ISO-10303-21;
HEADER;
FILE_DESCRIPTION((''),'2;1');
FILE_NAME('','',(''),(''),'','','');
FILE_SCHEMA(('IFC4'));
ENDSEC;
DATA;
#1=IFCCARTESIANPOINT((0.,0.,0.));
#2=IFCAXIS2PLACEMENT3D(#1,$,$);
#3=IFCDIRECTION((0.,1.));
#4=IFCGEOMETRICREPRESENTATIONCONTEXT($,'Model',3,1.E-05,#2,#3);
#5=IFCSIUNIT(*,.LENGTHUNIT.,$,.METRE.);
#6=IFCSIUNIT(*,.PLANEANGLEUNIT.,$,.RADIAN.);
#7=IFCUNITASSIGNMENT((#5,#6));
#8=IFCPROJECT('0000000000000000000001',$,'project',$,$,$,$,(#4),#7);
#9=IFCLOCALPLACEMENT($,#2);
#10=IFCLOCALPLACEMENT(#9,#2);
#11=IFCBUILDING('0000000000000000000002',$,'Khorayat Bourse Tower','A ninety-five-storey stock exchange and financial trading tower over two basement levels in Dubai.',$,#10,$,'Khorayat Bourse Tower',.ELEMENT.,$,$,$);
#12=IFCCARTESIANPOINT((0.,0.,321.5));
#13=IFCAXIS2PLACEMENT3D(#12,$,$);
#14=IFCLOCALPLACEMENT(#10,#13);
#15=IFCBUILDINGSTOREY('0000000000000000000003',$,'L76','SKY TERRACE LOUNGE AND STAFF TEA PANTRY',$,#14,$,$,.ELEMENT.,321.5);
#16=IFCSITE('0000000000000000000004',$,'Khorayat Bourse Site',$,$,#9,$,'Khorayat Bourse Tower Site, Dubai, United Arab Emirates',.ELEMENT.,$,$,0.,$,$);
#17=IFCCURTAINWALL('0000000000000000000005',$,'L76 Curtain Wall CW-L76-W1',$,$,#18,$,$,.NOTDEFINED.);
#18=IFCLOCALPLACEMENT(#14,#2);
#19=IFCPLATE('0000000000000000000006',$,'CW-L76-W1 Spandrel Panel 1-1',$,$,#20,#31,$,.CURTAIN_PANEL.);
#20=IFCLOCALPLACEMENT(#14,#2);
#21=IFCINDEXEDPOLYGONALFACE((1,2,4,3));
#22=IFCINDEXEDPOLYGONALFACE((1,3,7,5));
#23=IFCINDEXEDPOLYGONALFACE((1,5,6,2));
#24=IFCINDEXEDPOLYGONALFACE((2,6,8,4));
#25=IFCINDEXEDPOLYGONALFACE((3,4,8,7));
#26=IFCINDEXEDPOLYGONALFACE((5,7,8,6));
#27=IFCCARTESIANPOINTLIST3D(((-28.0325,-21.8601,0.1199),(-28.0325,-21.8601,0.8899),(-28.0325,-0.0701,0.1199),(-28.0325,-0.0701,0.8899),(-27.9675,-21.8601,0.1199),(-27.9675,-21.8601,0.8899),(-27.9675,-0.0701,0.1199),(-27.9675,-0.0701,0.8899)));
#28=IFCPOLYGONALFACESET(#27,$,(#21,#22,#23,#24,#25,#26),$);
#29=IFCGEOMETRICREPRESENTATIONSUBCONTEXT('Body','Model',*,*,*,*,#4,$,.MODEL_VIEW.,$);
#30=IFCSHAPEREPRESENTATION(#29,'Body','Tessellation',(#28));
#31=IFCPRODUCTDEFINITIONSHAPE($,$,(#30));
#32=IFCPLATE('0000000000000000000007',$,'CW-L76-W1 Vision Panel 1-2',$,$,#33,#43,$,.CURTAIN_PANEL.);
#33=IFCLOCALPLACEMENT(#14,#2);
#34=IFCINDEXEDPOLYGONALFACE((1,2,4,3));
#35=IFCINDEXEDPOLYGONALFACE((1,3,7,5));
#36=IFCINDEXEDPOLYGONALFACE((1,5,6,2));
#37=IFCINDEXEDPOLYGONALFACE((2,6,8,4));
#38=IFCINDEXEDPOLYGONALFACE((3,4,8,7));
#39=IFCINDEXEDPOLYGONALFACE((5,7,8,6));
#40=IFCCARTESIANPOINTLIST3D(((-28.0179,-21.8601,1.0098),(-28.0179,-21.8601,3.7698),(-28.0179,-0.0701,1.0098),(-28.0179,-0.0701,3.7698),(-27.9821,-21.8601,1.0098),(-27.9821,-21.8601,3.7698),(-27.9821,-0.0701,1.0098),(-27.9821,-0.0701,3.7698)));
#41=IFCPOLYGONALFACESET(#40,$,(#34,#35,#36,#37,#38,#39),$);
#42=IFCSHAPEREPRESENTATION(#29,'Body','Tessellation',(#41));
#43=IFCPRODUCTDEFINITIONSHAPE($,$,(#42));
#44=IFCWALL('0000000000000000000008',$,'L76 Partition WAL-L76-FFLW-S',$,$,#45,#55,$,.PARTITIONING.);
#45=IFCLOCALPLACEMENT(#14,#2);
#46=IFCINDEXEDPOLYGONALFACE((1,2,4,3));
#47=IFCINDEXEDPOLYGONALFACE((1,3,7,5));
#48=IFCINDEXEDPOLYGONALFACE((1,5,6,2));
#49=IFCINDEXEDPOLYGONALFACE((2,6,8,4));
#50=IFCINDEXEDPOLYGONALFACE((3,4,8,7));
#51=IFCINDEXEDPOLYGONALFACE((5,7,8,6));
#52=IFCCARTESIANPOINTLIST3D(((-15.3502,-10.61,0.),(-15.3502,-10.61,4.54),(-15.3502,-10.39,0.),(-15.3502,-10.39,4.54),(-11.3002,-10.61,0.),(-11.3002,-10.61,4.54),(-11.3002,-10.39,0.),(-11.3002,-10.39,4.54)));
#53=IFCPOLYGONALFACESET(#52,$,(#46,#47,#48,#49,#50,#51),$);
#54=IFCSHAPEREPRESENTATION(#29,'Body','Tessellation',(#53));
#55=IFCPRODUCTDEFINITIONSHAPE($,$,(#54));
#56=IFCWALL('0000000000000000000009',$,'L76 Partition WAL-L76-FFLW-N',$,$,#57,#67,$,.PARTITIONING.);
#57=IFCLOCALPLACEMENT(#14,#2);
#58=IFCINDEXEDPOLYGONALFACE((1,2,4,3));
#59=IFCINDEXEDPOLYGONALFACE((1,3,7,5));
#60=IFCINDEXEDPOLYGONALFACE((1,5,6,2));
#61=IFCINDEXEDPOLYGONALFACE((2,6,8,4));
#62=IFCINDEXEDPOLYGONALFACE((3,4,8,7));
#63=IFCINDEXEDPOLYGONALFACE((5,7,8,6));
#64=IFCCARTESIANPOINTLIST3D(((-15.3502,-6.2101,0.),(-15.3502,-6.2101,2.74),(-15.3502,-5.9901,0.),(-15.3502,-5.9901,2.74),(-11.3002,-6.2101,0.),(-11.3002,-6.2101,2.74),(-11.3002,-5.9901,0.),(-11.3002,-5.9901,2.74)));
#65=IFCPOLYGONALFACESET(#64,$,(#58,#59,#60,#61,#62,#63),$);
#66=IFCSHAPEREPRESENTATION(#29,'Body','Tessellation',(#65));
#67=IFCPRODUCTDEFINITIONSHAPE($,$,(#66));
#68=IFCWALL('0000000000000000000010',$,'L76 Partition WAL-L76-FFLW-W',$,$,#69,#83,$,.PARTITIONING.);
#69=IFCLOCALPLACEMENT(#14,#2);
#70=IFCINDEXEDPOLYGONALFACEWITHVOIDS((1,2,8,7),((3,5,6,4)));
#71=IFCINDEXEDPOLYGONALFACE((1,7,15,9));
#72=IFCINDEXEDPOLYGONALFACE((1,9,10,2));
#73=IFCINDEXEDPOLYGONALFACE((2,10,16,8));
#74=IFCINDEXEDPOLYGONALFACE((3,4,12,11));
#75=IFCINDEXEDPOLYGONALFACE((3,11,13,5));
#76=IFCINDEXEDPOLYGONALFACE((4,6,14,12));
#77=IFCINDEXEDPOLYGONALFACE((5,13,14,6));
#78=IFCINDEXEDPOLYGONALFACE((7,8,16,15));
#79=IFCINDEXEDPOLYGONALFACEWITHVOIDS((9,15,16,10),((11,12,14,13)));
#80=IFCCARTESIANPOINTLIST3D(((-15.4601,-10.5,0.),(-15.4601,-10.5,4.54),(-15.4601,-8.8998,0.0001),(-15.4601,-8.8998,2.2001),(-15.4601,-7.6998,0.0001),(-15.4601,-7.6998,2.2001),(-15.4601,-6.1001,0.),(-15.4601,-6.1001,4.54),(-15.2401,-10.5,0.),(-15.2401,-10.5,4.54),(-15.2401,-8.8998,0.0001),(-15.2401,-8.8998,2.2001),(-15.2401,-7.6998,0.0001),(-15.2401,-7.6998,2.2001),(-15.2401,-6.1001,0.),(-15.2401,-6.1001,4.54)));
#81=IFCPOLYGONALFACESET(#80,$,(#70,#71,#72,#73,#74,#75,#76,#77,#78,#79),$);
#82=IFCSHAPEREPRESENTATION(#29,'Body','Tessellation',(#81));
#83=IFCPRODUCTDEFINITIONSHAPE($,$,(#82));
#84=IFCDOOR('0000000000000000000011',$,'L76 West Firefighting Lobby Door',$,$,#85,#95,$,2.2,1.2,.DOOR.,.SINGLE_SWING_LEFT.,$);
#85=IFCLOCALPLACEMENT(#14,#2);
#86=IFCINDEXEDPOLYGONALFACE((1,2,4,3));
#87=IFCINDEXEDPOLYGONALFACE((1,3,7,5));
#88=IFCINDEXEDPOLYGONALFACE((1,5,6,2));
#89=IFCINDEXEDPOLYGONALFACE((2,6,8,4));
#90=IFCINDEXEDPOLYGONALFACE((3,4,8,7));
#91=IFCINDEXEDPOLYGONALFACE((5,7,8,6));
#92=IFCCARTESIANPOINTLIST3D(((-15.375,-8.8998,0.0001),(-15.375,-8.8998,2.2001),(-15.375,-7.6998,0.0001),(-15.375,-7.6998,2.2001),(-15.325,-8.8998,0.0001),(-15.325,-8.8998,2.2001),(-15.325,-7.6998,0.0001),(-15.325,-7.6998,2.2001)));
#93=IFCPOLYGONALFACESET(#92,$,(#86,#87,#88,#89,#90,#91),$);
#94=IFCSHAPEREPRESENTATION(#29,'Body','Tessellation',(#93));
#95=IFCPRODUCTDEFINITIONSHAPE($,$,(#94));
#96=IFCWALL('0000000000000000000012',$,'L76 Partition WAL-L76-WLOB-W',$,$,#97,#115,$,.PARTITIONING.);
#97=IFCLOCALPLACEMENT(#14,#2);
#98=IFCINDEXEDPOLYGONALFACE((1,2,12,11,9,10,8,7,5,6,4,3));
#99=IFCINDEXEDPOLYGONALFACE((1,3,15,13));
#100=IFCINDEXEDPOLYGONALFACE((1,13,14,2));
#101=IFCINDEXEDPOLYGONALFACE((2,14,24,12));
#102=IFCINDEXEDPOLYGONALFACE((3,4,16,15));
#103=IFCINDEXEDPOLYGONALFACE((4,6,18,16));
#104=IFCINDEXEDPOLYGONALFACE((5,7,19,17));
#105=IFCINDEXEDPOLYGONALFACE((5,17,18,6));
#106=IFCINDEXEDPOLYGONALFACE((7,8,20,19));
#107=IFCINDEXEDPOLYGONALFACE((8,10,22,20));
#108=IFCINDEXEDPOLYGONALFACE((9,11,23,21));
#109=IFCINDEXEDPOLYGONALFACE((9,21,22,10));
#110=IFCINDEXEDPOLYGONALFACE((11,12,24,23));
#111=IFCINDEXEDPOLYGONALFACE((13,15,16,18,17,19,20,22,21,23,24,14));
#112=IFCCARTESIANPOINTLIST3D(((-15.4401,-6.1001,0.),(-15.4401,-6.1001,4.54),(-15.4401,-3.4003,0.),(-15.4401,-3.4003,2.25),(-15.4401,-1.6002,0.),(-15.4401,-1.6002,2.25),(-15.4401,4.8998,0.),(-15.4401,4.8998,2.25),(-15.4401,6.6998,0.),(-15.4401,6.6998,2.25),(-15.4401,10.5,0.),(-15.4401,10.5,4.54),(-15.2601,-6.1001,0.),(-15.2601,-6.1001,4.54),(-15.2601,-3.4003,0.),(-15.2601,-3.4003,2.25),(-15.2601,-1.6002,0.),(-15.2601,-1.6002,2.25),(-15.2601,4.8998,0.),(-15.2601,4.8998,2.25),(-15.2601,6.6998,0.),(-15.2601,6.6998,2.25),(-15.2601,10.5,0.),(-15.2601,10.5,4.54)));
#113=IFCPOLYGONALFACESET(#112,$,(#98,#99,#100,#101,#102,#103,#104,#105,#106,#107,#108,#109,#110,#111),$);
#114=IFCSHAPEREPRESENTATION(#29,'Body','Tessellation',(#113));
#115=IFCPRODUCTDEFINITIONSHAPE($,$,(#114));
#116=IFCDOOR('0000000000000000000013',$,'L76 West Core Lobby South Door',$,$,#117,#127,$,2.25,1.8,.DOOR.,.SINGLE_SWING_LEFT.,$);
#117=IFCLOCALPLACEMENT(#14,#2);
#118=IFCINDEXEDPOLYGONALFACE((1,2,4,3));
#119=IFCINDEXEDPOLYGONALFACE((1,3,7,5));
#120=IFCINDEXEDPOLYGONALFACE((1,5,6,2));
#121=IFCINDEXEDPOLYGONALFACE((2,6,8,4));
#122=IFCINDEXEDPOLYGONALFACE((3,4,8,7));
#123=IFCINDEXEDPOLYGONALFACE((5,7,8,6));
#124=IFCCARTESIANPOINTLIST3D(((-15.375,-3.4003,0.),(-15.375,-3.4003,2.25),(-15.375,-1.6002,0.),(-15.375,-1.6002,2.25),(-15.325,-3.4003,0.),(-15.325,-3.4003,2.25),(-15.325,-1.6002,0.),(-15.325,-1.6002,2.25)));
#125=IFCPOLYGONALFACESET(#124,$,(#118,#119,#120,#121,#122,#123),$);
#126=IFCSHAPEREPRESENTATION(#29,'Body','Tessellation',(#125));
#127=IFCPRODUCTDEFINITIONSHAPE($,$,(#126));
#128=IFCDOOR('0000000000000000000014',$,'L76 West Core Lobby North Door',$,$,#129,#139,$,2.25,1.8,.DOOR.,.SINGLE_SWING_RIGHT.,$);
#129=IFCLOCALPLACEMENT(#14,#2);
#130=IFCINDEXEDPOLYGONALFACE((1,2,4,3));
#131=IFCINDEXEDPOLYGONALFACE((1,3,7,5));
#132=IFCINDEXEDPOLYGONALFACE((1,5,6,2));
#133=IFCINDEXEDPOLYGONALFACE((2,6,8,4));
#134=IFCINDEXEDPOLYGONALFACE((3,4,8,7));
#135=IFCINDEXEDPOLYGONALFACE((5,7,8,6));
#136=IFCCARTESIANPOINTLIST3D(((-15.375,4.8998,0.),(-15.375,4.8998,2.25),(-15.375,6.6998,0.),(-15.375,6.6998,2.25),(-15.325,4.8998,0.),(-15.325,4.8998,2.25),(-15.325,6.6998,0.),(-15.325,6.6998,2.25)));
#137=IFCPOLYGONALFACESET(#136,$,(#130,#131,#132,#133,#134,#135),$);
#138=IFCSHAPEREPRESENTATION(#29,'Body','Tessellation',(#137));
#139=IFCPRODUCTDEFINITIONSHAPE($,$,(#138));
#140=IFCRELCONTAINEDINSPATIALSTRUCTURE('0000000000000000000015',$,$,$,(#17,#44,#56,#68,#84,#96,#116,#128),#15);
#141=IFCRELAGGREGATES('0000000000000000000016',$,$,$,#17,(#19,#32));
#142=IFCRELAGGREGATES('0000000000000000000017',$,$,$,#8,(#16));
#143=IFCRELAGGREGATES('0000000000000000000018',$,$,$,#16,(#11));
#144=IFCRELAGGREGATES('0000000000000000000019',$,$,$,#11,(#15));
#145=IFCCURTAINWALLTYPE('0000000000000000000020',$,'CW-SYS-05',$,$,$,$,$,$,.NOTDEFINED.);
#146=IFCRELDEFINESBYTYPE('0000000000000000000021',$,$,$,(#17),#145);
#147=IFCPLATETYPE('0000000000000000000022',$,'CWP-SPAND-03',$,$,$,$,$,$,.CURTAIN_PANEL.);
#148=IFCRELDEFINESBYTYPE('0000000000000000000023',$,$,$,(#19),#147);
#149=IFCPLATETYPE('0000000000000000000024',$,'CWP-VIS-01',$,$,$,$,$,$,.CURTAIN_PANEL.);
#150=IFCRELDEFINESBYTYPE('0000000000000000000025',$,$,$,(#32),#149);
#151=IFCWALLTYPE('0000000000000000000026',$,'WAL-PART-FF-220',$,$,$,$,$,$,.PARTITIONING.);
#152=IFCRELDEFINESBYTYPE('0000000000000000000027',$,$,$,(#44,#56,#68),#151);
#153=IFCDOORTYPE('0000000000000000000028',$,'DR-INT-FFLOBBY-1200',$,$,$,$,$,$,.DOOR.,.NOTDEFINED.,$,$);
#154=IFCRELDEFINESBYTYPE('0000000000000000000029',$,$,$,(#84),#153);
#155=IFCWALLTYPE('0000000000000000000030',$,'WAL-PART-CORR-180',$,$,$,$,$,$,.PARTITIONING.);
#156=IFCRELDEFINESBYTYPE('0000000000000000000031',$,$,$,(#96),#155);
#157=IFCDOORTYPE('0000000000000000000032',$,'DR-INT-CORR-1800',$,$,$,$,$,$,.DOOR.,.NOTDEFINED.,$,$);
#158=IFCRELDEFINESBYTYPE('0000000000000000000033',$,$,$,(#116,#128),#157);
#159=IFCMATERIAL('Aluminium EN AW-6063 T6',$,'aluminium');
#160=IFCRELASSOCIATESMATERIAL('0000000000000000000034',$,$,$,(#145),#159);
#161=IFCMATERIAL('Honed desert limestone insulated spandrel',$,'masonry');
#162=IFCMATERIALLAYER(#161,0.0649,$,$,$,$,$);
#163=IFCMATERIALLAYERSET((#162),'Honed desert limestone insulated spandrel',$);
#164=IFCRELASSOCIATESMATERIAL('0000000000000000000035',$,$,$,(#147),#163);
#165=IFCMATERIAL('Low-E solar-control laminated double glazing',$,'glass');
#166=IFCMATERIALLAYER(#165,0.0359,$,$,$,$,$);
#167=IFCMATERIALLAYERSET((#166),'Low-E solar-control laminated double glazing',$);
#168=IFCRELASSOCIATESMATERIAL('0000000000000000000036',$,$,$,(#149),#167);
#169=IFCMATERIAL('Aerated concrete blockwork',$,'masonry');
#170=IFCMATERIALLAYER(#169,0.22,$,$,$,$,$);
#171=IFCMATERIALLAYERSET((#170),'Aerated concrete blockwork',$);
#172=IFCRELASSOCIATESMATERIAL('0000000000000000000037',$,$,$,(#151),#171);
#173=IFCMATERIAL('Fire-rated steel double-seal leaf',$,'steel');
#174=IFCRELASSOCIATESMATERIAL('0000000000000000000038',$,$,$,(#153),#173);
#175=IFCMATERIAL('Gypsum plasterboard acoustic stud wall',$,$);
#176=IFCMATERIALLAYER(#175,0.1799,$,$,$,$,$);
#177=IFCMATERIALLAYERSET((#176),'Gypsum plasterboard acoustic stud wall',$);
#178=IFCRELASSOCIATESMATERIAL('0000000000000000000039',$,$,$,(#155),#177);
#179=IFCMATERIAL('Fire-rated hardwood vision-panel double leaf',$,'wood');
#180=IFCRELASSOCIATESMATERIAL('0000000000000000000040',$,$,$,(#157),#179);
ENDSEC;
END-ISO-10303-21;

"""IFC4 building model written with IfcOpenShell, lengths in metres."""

from ifc_helpers import new_model, si_unit, direction, frame, frame_2d, origin, origin_2d, place, context, subcontext, project, spatial, rectangle, extrude, source, transform, mapped, material, layer, layer_set, type_object, element, fill, aggregate, save


model = new_model("IFC4")

# Units and contexts
model_context = context("Model", 3, precision=1e-05, world=origin(), true_north=direction((0.0, 1.0)))
body_context = subcontext(model_context, "Body", "Model", "MODEL_VIEW")
ifc_project = project(units=[si_unit("LENGTHUNIT", "METRE"), si_unit("PLANEANGLEUNIT", "RADIAN")], contexts=[model_context])

# Site, building, storey
site_placement = place(None, origin())
site = spatial("IfcSite", under=ifc_project, at=site_placement, Name="Khorayat Bourse Site", LongName="Khorayat Bourse Tower Site, Dubai, United Arab Emirates", CompositionType="ELEMENT", RefElevation=0.0)
building_placement = place(site_placement, origin())
building = spatial("IfcBuilding", under=site, at=building_placement, Name="Khorayat Bourse Tower", Description="A ninety-five-storey stock exchange and financial trading tower over two basement levels in Dubai.", LongName="Khorayat Bourse Tower", CompositionType="ELEMENT")
storey_placement = place(building_placement, frame((0.0, 0.0, 321.5)))
storey = spatial("IfcBuildingStorey", under=building, at=storey_placement, Name="L76", Description="SKY TERRACE LOUNGE AND STAFF TEA PANTRY", CompositionType="ELEMENT", Elevation=321.5)

# Curtain wall, plates
ifc_material_1 = material(Name="Aluminium EN AW-6063 T6", Category="aluminium")
curtain_wall_type = type_object("IfcCurtainWallType", Name="CW-SYS-05", PredefinedType="NOTDEFINED", material=ifc_material_1)
curtain_wall_placement = place(storey_placement, origin())
curtain_wall = element("IfcCurtainWall", 1, at=curtain_wall_placement, inside=storey, type_object=curtain_wall_type, Name="L76 Curtain Wall CW-L76-W1", PredefinedType="NOTDEFINED")
ifc_material_2 = material(Name="Honed desert limestone insulated spandrel", Category="masonry")
ifc_layer_1 = layer(ifc_material_2, 0.0649)
ifc_layer_set_1 = layer_set([ifc_layer_1], Name="Honed desert limestone insulated spandrel")
plate_type_1 = type_object("IfcPlateType", Name="CWP-SPAND-03", PredefinedType="CURTAIN_PANEL", material=ifc_layer_set_1)
shared_shape_1 = source(origin(), body_context, "Body", "SweptSolid", [
    extrude(rectangle(XDim=21.79, YDim=0.0649, at=origin_2d()), origin(), (0.0, 0.0, 1.0), 0.77),
])
plate_1_placement = place(storey_placement, frame((-28.0, -10.9651, 0.1199), z_axis=(0.0, 0.0, 1.0), x_axis=(0.0, 1.0, 0.0)))
plate_1 = element("IfcPlate", 2, at=plate_1_placement, type_object=plate_type_1, Name="CW-L76-W1 Spandrel Panel 1-1", PredefinedType="CURTAIN_PANEL", context=body_context, shape_type="MappedRepresentation", body=[
    mapped(shared_shape_1, transform((0.0, 0.0, 0.0), scale=1.0)),
])
ifc_material_3 = material(Name="Low-E solar-control laminated double glazing", Category="glass")
ifc_layer_2 = layer(ifc_material_3, 0.0359)
ifc_layer_set_2 = layer_set([ifc_layer_2], Name="Low-E solar-control laminated double glazing")
plate_type_2 = type_object("IfcPlateType", Name="CWP-VIS-01", PredefinedType="CURTAIN_PANEL", material=ifc_layer_set_2)
shared_shape_2 = source(origin(), body_context, "Body", "SweptSolid", [
    extrude(rectangle(XDim=21.79, YDim=0.0359, at=origin_2d()), origin(), (0.0, 0.0, 1.0), 2.76),
])
plate_2_placement = place(storey_placement, frame((-28.0, -10.9651, 1.0098), z_axis=(0.0, 0.0, 1.0), x_axis=(0.0, 1.0, 0.0)))
plate_2 = element("IfcPlate", 3, at=plate_2_placement, type_object=plate_type_2, Name="CW-L76-W1 Vision Panel 1-2", PredefinedType="CURTAIN_PANEL", context=body_context, shape_type="MappedRepresentation", body=[
    mapped(shared_shape_2, transform((0.0, 0.0, 0.0), scale=1.0)),
])
aggregate(curtain_wall, [plate_1, plate_2])

# Walls
ifc_material_4 = material(Name="Aerated concrete blockwork", Category="masonry")
ifc_layer_3 = layer(ifc_material_4, 0.22)
ifc_layer_set_3 = layer_set([ifc_layer_3], Name="Aerated concrete blockwork")
wall_type_1 = type_object("IfcWallType", Name="WAL-PART-FF-220", PredefinedType="PARTITIONING", material=ifc_layer_set_3)
shared_shape_3 = source(origin(), body_context, "Body", "SweptSolid", [
    extrude(rectangle(XDim=4.05, YDim=0.22, at=frame_2d((2.0249, 0.0))), origin(), (0.0, 0.0, 1.0), 4.54),
])
wall_1_placement = place(storey_placement, frame((-15.3501, -10.5, 0.0), z_axis=(0.0, 0.0, 1.0), x_axis=(1.0, 0.0, 0.0)))
element("IfcWall", 4, at=wall_1_placement, inside=storey, type_object=wall_type_1, Name="L76 Partition WAL-L76-FFLW-S", PredefinedType="PARTITIONING", context=body_context, shape_type="MappedRepresentation", body=[
    mapped(shared_shape_3, transform((0.0, 0.0, 0.0), scale=1.0)),
])
shared_shape_4 = source(origin(), body_context, "Body", "SweptSolid", [
    extrude(rectangle(XDim=4.05, YDim=0.22, at=frame_2d((2.0249, 0.0))), origin(), (0.0, 0.0, 1.0), 2.74),
])
wall_2_placement = place(storey_placement, frame((-15.3501, -6.1001, 0.0), z_axis=(0.0, 0.0, 1.0), x_axis=(1.0, 0.0, 0.0)))
element("IfcWall", 5, at=wall_2_placement, inside=storey, type_object=wall_type_1, Name="L76 Partition WAL-L76-FFLW-N", PredefinedType="PARTITIONING", context=body_context, shape_type="MappedRepresentation", body=[
    mapped(shared_shape_4, transform((0.0, 0.0, 0.0), scale=1.0)),
])

# Wall, opening, door
shared_shape_5 = source(origin(), body_context, "Body", "SweptSolid", [
    extrude(rectangle(XDim=4.3999, YDim=0.22, at=frame_2d((2.2, 0.0))), origin(), (0.0, 0.0, 1.0), 4.54),
])
wall_3_placement = place(storey_placement, frame((-15.3501, -10.5, 0.0), z_axis=(0.0, 0.0, 1.0), x_axis=(0.0, 1.0, 0.0)))
wall_3 = element("IfcWall", 6, at=wall_3_placement, inside=storey, type_object=wall_type_1, Name="L76 Partition WAL-L76-FFLW-W", PredefinedType="PARTITIONING", context=body_context, shape_type="MappedRepresentation", body=[
    mapped(shared_shape_5, transform((0.0, 0.0, 0.0), scale=1.0)),
])
shared_shape_6 = source(origin(), body_context, "Body", "SweptSolid", [
    extrude(rectangle(XDim=1.2, YDim=2.2, at=frame_2d((0.6001, 1.1001))), frame((0.0, 0.1199, 0.0), z_axis=(0.0, -1.0, 0.0), x_axis=(1.0, 0.0, 0.0)), (0.0, 0.0, 1.0), 0.24),
])
opening_1_placement = place(wall_3_placement, frame((1.6001, 0.0, 0.0)))
opening_1 = element("IfcOpeningElement", 7, at=opening_1_placement, cuts=wall_3, PredefinedType="OPENING", context=body_context, shape_type="MappedRepresentation", body=[
    mapped(shared_shape_6, transform((0.0, 0.0, 0.0), scale=1.0)),
])
ifc_material_5 = material(Name="Fire-rated steel double-seal leaf", Category="steel")
door_type_1 = type_object("IfcDoorType", Name="DR-INT-FFLOBBY-1200", OperationType="NOTDEFINED", PredefinedType="DOOR", material=ifc_material_5)
shared_shape_7 = source(origin(), body_context, "Body", "SweptSolid", [
    extrude(rectangle(XDim=1.2, YDim=2.2, at=frame_2d((0.6001, 1.1001))), frame((0.0, 0.0249, 0.0), z_axis=(0.0, -1.0, 0.0), x_axis=(1.0, 0.0, 0.0)), (0.0, 0.0, 1.0), 0.05),
])
door_1_placement = place(opening_1_placement, origin())
door_1 = element("IfcDoor", 8, at=door_1_placement, inside=storey, type_object=door_type_1, Name="L76 West Firefighting Lobby Door", OperationType="SINGLE_SWING_LEFT", OverallHeight=2.2, OverallWidth=1.2, PredefinedType="DOOR", context=body_context, shape_type="MappedRepresentation", body=[
    mapped(shared_shape_7, transform((0.0, 0.0, 0.0), scale=1.0)),
])
fill(opening_1, door_1)

# Wall, openings, doors
ifc_material_6 = material(Name="Gypsum plasterboard acoustic stud wall")
ifc_layer_4 = layer(ifc_material_6, 0.1799)
ifc_layer_set_4 = layer_set([ifc_layer_4], Name="Gypsum plasterboard acoustic stud wall")
wall_type_2 = type_object("IfcWallType", Name="WAL-PART-CORR-180", PredefinedType="PARTITIONING", material=ifc_layer_set_4)
shared_shape_8 = source(origin(), body_context, "Body", "SweptSolid", [
    extrude(rectangle(XDim=16.6001, YDim=0.1799, at=frame_2d((8.3, 0.0))), origin(), (0.0, 0.0, 1.0), 4.54),
])
wall_4_placement = place(storey_placement, frame((-15.3501, -6.1001, 0.0), z_axis=(0.0, 0.0, 1.0), x_axis=(0.0, 1.0, 0.0)))
wall_4 = element("IfcWall", 9, at=wall_4_placement, inside=storey, type_object=wall_type_2, Name="L76 Partition WAL-L76-WLOB-W", PredefinedType="PARTITIONING", context=body_context, shape_type="MappedRepresentation", body=[
    mapped(shared_shape_8, transform((0.0, 0.0, 0.0), scale=1.0)),
])
shared_shape_9 = source(origin(), body_context, "Body", "SweptSolid", [
    extrude(rectangle(XDim=1.8, YDim=2.25, at=frame_2d((0.8999, 1.125))), frame((0.0, 0.0999, 0.0), z_axis=(0.0, -1.0, 0.0), x_axis=(1.0, 0.0, 0.0)), (0.0, 0.0, 1.0), 0.2),
])
opening_2_placement = place(wall_4_placement, frame((2.7, 0.0, 0.0)))
opening_2 = element("IfcOpeningElement", 10, at=opening_2_placement, cuts=wall_4, PredefinedType="OPENING", context=body_context, shape_type="MappedRepresentation", body=[
    mapped(shared_shape_9, transform((0.0, 0.0, 0.0), scale=1.0)),
])
opening_3_placement = place(wall_4_placement, frame((11.0, 0.0, 0.0)))
opening_3 = element("IfcOpeningElement", 11, at=opening_3_placement, cuts=wall_4, PredefinedType="OPENING", context=body_context, shape_type="MappedRepresentation", body=[
    mapped(shared_shape_9, transform((0.0, 0.0, 0.0), scale=1.0)),
])
ifc_material_7 = material(Name="Fire-rated hardwood vision-panel double leaf", Category="wood")
door_type_2 = type_object("IfcDoorType", Name="DR-INT-CORR-1800", OperationType="NOTDEFINED", PredefinedType="DOOR", material=ifc_material_7)
shared_shape_10 = source(origin(), body_context, "Body", "SweptSolid", [
    extrude(rectangle(XDim=1.8, YDim=2.25, at=frame_2d((0.8999, 1.125))), frame((0.0, 0.0249, 0.0), z_axis=(0.0, -1.0, 0.0), x_axis=(1.0, 0.0, 0.0)), (0.0, 0.0, 1.0), 0.05),
])
door_2_placement = place(opening_2_placement, origin())
door_2 = element("IfcDoor", 12, at=door_2_placement, inside=storey, type_object=door_type_2, Name="L76 West Core Lobby South Door", OperationType="SINGLE_SWING_LEFT", OverallHeight=2.25, OverallWidth=1.8, PredefinedType="DOOR", context=body_context, shape_type="MappedRepresentation", body=[
    mapped(shared_shape_10, transform((0.0, 0.0, 0.0), scale=1.0)),
])
fill(opening_2, door_2)
door_3_placement = place(opening_3_placement, origin())
door_3 = element("IfcDoor", 13, at=door_3_placement, inside=storey, type_object=door_type_2, Name="L76 West Core Lobby North Door", OperationType="SINGLE_SWING_RIGHT", OverallHeight=2.25, OverallWidth=1.8, PredefinedType="DOOR", context=body_context, shape_type="MappedRepresentation", body=[
    mapped(shared_shape_10, transform((0.0, 0.0, 0.0), scale=1.0)),
])
fill(opening_3, door_3)

save(model, "model.ifc")
